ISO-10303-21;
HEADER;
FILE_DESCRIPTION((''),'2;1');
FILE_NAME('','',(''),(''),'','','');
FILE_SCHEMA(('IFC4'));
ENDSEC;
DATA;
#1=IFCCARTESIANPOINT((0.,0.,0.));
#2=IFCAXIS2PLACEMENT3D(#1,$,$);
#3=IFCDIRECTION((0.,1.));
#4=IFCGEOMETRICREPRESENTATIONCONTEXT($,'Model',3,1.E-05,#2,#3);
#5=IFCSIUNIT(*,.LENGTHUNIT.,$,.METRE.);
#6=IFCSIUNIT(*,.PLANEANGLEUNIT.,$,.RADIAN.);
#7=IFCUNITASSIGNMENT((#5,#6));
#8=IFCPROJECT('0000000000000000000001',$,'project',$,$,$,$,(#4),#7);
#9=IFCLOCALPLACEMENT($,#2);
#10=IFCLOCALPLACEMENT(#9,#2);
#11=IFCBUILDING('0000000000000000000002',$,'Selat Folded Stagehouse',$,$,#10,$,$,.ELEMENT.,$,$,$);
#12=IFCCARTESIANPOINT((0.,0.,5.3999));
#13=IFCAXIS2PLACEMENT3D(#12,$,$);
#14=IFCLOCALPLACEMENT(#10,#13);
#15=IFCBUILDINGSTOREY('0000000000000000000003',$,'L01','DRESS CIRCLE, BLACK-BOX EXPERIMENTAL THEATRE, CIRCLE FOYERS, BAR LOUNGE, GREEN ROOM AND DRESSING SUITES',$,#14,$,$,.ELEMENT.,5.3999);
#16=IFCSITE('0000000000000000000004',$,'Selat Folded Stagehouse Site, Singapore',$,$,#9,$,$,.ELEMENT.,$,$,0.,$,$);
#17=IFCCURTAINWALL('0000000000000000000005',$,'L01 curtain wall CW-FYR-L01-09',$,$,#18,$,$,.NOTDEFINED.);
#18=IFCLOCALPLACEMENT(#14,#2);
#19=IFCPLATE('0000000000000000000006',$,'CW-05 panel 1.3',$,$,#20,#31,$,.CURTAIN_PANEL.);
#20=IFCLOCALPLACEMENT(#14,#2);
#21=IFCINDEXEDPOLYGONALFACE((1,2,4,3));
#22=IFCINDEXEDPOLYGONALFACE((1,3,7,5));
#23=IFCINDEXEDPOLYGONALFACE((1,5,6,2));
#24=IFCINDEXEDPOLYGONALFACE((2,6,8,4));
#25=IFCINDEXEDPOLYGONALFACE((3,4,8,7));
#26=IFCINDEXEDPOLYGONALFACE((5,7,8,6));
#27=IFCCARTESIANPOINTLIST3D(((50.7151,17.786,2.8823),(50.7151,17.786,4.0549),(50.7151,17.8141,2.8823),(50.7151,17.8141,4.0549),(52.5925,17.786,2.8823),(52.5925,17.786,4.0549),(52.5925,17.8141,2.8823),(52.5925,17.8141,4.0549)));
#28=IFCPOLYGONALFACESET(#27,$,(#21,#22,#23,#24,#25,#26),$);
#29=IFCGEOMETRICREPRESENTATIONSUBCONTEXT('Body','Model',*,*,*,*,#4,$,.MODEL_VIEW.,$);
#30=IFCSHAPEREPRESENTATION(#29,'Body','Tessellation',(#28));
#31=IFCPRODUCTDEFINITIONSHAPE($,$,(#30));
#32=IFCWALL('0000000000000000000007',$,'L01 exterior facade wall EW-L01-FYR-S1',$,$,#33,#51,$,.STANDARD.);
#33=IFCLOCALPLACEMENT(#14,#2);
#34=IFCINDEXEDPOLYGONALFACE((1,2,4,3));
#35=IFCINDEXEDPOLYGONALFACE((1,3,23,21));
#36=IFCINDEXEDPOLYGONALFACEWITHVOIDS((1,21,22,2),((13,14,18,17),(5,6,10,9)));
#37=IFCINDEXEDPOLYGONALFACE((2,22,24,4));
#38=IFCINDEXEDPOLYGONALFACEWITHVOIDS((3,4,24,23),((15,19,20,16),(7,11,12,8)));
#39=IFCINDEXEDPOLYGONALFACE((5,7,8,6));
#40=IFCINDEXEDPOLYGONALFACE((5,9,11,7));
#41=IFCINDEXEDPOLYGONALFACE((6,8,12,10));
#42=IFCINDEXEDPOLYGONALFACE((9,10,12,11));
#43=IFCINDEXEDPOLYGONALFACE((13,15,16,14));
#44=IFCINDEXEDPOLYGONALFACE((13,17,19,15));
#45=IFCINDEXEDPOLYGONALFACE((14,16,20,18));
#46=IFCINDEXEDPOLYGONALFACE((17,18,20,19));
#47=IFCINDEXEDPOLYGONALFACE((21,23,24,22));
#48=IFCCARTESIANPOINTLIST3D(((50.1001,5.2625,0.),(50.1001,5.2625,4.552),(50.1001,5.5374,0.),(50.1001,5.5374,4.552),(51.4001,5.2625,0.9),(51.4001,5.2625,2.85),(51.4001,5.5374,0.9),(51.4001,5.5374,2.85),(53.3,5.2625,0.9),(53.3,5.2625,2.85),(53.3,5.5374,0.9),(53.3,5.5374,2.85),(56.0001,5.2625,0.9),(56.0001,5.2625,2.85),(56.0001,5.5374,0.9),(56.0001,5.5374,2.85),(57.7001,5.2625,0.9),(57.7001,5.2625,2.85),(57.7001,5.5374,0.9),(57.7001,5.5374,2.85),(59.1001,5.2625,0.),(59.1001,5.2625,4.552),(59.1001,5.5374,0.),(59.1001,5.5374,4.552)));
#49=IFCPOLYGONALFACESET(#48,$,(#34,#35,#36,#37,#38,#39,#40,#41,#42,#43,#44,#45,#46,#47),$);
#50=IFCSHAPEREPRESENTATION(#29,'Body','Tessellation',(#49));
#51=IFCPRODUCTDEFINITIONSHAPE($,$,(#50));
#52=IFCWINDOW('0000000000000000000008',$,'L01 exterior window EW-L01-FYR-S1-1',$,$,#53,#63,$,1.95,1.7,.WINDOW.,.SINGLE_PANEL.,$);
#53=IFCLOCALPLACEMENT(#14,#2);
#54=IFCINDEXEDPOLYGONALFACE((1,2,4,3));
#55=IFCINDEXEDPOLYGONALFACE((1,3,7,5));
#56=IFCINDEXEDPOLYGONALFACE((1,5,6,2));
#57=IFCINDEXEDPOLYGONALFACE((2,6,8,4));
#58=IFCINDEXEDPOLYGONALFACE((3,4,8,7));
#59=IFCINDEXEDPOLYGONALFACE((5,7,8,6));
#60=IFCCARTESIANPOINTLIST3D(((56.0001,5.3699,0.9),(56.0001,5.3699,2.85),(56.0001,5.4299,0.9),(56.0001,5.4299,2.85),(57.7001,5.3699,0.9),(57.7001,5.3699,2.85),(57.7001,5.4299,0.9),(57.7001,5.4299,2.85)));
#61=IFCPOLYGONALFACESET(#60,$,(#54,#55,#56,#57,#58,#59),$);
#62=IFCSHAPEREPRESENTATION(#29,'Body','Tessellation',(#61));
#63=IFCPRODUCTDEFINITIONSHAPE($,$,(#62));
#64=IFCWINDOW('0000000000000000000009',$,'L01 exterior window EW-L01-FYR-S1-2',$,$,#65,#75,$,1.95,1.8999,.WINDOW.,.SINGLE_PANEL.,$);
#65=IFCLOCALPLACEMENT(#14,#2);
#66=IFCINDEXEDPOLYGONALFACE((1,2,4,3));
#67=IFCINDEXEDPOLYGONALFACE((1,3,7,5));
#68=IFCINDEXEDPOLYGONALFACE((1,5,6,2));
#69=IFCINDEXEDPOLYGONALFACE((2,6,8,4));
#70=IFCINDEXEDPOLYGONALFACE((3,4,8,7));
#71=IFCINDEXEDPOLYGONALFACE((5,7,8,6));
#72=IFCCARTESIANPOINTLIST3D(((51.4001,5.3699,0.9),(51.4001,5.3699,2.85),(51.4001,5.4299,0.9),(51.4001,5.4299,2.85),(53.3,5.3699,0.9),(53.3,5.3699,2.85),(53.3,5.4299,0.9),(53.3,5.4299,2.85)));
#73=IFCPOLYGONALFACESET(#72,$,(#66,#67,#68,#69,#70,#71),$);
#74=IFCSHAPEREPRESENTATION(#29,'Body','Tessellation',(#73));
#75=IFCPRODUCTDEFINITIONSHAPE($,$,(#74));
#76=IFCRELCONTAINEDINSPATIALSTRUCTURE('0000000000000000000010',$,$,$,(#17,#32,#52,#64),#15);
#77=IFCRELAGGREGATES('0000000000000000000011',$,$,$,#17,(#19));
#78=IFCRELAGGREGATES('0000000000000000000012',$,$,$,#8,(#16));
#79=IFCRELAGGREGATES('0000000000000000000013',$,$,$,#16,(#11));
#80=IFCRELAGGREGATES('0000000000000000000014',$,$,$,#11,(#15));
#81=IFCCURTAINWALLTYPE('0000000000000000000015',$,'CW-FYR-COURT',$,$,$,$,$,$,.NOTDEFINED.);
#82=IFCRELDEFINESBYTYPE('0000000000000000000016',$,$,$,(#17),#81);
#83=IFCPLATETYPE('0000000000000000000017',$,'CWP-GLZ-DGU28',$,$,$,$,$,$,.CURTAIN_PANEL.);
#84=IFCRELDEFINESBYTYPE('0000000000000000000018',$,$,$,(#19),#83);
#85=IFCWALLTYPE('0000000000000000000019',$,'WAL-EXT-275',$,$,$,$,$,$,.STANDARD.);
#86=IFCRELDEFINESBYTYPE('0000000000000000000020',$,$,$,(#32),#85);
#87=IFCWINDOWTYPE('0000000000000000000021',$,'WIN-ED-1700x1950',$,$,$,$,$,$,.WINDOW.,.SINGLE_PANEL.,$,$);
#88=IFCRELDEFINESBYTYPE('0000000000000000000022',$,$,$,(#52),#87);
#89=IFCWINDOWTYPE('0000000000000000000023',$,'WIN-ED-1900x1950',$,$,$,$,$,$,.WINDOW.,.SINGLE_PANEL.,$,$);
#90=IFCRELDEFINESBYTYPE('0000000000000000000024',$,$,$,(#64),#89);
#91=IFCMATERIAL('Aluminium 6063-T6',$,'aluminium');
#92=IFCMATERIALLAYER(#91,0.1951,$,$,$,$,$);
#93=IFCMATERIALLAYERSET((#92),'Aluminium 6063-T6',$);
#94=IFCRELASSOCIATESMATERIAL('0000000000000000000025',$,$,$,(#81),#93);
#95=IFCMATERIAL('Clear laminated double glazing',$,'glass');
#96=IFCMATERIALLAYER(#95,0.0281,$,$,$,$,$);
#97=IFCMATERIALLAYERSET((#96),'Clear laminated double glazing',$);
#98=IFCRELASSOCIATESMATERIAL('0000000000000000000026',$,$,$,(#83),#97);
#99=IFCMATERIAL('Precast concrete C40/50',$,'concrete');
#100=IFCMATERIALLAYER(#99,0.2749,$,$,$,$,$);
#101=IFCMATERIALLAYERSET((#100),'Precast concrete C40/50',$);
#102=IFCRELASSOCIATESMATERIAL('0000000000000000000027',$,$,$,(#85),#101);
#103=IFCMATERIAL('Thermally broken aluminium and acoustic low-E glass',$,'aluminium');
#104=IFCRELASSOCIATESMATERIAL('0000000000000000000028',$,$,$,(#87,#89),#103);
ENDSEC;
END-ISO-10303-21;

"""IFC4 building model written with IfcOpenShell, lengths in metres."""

from ifc_helpers import new_model, si_unit, direction, frame, frame_2d, origin, origin_2d, place, context, subcontext, project, spatial, rectangle, extrude, material, layer, layer_set, type_object, element, fill, aggregate, save


model = new_model("IFC4")

# Units and contexts
model_context = context("Model", 3, precision=1e-05, world=origin(), true_north=direction((0.0, 1.0)))
body_context = subcontext(model_context, "Body", "Model", "MODEL_VIEW")
ifc_project = project(units=[si_unit("LENGTHUNIT", "METRE"), si_unit("PLANEANGLEUNIT", "RADIAN")], contexts=[model_context])

# Site, building, storey
site_placement = place(None, origin())
site = spatial("IfcSite", under=ifc_project, at=site_placement, Name="Selat Folded Stagehouse Site, Singapore", CompositionType="ELEMENT", RefElevation=0.0)
building_placement = place(site_placement, origin())
building = spatial("IfcBuilding", under=site, at=building_placement, Name="Selat Folded Stagehouse", CompositionType="ELEMENT")
storey_placement = place(building_placement, frame((0.0, 0.0, 5.3999)))
storey = spatial("IfcBuildingStorey", under=building, at=storey_placement, Name="L01", Description="DRESS CIRCLE, BLACK-BOX EXPERIMENTAL THEATRE, CIRCLE FOYERS, BAR LOUNGE, GREEN ROOM AND DRESSING SUITES", CompositionType="ELEMENT", Elevation=5.3999)

# Curtain wall, plate
ifc_material_1 = material(Name="Aluminium 6063-T6", Category="aluminium")
ifc_layer_1 = layer(ifc_material_1, 0.1951)
ifc_layer_set_1 = layer_set([ifc_layer_1], Name="Aluminium 6063-T6")
curtain_wall_type = type_object("IfcCurtainWallType", Name="CW-FYR-COURT", PredefinedType="NOTDEFINED", material=ifc_layer_set_1)
curtain_wall_placement = place(storey_placement, origin())
curtain_wall = element("IfcCurtainWall", 1, at=curtain_wall_placement, inside=storey, type_object=curtain_wall_type, Name="L01 curtain wall CW-FYR-L01-09", PredefinedType="NOTDEFINED")
ifc_material_2 = material(Name="Clear laminated double glazing", Category="glass")
ifc_layer_2 = layer(ifc_material_2, 0.0281)
ifc_layer_set_2 = layer_set([ifc_layer_2], Name="Clear laminated double glazing")
plate_type = type_object("IfcPlateType", Name="CWP-GLZ-DGU28", PredefinedType="CURTAIN_PANEL", material=ifc_layer_set_2)
plate_1_placement = place(storey_placement, frame((51.6538, 17.8, 2.8823), z_axis=(0.0, 0.0, 1.0), x_axis=(1.0, 0.0, 0.0)))
plate_1 = element("IfcPlate", 2, at=plate_1_placement, type_object=plate_type, Name="CW-05 panel 1.3", PredefinedType="CURTAIN_PANEL", context=body_context, shape_type="SweptSolid", body=[
    extrude(rectangle(XDim=1.8774, YDim=0.0281, at=origin_2d()), origin(), (0.0, 0.0, 1.0), 1.1726),
])
aggregate(curtain_wall, [plate_1])

# Wall, openings, windows
ifc_material_3 = material(Name="Precast concrete C40/50", Category="concrete")
ifc_layer_3 = layer(ifc_material_3, 0.2749)
ifc_layer_set_3 = layer_set([ifc_layer_3], Name="Precast concrete C40/50")
wall_type = type_object("IfcWallType", Name="WAL-EXT-275", PredefinedType="STANDARD", material=ifc_layer_set_3)
wall_placement = place(storey_placement, frame((59.1001, 5.3999, 0.0), z_axis=(0.0, 0.0, 1.0), x_axis=(-1.0, 0.0, 0.0)))
wall = element("IfcWall", 3, at=wall_placement, inside=storey, type_object=wall_type, Name="L01 exterior facade wall EW-L01-FYR-S1", PredefinedType="STANDARD", context=body_context, shape_type="SweptSolid", body=[
    extrude(rectangle(XDim=9.0, YDim=0.2749, at=frame_2d((4.5, 0.0))), origin(), (0.0, 0.0, 1.0), 4.552),
])
opening_1_placement = place(wall_placement, frame((1.3999, 0.0, 0.8999)))
opening_1 = element("IfcOpeningElement", 4, at=opening_1_placement, cuts=wall, PredefinedType="OPENING", context=body_context, shape_type="SweptSolid", body=[
    extrude(rectangle(XDim=1.7, YDim=1.95, at=frame_2d((0.8501, 0.9751))), frame((0.0, 0.1475, 0.0), z_axis=(0.0, -1.0, 0.0), x_axis=(1.0, 0.0, 0.0)), (0.0, 0.0, 1.0), 0.2949),
])
opening_2_placement = place(wall_placement, frame((5.8, 0.0, 0.8999)))
opening_2 = element("IfcOpeningElement", 5, at=opening_2_placement, cuts=wall, PredefinedType="OPENING", context=body_context, shape_type="SweptSolid", body=[
    extrude(rectangle(XDim=1.8999, YDim=1.95, at=frame_2d((0.95, 0.9751))), frame((0.0, 0.1475, 0.0), z_axis=(0.0, -1.0, 0.0), x_axis=(1.0, 0.0, 0.0)), (0.0, 0.0, 1.0), 0.2949),
])
ifc_material_4 = material(Name="Thermally broken aluminium and acoustic low-E glass", Category="aluminium")
window_type_1 = type_object("IfcWindowType", Name="WIN-ED-1700x1950", PartitioningType="SINGLE_PANEL", PredefinedType="WINDOW", material=ifc_material_4)
window_1_placement = place(opening_1_placement, origin())
window_1 = element("IfcWindow", 6, at=window_1_placement, inside=storey, type_object=window_type_1, Name="L01 exterior window EW-L01-FYR-S1-1", OverallHeight=1.95, OverallWidth=1.7, PartitioningType="SINGLE_PANEL", PredefinedType="WINDOW", context=body_context, shape_type="SweptSolid", body=[
    extrude(rectangle(XDim=1.7, YDim=1.95, at=frame_2d((0.8501, 0.9751))), frame((0.0, 0.03, 0.0), z_axis=(0.0, -1.0, 0.0), x_axis=(1.0, 0.0, 0.0)), (0.0, 0.0, 1.0), 0.0601),
])
fill(opening_1, window_1)
window_type_2 = type_object("IfcWindowType", Name="WIN-ED-1900x1950", PartitioningType="SINGLE_PANEL", PredefinedType="WINDOW", material=ifc_material_4)
window_2_placement = place(opening_2_placement, origin())
window_2 = element("IfcWindow", 7, at=window_2_placement, inside=storey, type_object=window_type_2, Name="L01 exterior window EW-L01-FYR-S1-2", OverallHeight=1.95, OverallWidth=1.8999, PartitioningType="SINGLE_PANEL", PredefinedType="WINDOW", context=body_context, shape_type="SweptSolid", body=[
    extrude(rectangle(XDim=1.8999, YDim=1.95, at=frame_2d((0.95, 0.9751))), frame((0.0, 0.03, 0.0), z_axis=(0.0, -1.0, 0.0), x_axis=(1.0, 0.0, 0.0)), (0.0, 0.0, 1.0), 0.0601),
])
fill(opening_2, window_2)

save(model, "model.ifc")
